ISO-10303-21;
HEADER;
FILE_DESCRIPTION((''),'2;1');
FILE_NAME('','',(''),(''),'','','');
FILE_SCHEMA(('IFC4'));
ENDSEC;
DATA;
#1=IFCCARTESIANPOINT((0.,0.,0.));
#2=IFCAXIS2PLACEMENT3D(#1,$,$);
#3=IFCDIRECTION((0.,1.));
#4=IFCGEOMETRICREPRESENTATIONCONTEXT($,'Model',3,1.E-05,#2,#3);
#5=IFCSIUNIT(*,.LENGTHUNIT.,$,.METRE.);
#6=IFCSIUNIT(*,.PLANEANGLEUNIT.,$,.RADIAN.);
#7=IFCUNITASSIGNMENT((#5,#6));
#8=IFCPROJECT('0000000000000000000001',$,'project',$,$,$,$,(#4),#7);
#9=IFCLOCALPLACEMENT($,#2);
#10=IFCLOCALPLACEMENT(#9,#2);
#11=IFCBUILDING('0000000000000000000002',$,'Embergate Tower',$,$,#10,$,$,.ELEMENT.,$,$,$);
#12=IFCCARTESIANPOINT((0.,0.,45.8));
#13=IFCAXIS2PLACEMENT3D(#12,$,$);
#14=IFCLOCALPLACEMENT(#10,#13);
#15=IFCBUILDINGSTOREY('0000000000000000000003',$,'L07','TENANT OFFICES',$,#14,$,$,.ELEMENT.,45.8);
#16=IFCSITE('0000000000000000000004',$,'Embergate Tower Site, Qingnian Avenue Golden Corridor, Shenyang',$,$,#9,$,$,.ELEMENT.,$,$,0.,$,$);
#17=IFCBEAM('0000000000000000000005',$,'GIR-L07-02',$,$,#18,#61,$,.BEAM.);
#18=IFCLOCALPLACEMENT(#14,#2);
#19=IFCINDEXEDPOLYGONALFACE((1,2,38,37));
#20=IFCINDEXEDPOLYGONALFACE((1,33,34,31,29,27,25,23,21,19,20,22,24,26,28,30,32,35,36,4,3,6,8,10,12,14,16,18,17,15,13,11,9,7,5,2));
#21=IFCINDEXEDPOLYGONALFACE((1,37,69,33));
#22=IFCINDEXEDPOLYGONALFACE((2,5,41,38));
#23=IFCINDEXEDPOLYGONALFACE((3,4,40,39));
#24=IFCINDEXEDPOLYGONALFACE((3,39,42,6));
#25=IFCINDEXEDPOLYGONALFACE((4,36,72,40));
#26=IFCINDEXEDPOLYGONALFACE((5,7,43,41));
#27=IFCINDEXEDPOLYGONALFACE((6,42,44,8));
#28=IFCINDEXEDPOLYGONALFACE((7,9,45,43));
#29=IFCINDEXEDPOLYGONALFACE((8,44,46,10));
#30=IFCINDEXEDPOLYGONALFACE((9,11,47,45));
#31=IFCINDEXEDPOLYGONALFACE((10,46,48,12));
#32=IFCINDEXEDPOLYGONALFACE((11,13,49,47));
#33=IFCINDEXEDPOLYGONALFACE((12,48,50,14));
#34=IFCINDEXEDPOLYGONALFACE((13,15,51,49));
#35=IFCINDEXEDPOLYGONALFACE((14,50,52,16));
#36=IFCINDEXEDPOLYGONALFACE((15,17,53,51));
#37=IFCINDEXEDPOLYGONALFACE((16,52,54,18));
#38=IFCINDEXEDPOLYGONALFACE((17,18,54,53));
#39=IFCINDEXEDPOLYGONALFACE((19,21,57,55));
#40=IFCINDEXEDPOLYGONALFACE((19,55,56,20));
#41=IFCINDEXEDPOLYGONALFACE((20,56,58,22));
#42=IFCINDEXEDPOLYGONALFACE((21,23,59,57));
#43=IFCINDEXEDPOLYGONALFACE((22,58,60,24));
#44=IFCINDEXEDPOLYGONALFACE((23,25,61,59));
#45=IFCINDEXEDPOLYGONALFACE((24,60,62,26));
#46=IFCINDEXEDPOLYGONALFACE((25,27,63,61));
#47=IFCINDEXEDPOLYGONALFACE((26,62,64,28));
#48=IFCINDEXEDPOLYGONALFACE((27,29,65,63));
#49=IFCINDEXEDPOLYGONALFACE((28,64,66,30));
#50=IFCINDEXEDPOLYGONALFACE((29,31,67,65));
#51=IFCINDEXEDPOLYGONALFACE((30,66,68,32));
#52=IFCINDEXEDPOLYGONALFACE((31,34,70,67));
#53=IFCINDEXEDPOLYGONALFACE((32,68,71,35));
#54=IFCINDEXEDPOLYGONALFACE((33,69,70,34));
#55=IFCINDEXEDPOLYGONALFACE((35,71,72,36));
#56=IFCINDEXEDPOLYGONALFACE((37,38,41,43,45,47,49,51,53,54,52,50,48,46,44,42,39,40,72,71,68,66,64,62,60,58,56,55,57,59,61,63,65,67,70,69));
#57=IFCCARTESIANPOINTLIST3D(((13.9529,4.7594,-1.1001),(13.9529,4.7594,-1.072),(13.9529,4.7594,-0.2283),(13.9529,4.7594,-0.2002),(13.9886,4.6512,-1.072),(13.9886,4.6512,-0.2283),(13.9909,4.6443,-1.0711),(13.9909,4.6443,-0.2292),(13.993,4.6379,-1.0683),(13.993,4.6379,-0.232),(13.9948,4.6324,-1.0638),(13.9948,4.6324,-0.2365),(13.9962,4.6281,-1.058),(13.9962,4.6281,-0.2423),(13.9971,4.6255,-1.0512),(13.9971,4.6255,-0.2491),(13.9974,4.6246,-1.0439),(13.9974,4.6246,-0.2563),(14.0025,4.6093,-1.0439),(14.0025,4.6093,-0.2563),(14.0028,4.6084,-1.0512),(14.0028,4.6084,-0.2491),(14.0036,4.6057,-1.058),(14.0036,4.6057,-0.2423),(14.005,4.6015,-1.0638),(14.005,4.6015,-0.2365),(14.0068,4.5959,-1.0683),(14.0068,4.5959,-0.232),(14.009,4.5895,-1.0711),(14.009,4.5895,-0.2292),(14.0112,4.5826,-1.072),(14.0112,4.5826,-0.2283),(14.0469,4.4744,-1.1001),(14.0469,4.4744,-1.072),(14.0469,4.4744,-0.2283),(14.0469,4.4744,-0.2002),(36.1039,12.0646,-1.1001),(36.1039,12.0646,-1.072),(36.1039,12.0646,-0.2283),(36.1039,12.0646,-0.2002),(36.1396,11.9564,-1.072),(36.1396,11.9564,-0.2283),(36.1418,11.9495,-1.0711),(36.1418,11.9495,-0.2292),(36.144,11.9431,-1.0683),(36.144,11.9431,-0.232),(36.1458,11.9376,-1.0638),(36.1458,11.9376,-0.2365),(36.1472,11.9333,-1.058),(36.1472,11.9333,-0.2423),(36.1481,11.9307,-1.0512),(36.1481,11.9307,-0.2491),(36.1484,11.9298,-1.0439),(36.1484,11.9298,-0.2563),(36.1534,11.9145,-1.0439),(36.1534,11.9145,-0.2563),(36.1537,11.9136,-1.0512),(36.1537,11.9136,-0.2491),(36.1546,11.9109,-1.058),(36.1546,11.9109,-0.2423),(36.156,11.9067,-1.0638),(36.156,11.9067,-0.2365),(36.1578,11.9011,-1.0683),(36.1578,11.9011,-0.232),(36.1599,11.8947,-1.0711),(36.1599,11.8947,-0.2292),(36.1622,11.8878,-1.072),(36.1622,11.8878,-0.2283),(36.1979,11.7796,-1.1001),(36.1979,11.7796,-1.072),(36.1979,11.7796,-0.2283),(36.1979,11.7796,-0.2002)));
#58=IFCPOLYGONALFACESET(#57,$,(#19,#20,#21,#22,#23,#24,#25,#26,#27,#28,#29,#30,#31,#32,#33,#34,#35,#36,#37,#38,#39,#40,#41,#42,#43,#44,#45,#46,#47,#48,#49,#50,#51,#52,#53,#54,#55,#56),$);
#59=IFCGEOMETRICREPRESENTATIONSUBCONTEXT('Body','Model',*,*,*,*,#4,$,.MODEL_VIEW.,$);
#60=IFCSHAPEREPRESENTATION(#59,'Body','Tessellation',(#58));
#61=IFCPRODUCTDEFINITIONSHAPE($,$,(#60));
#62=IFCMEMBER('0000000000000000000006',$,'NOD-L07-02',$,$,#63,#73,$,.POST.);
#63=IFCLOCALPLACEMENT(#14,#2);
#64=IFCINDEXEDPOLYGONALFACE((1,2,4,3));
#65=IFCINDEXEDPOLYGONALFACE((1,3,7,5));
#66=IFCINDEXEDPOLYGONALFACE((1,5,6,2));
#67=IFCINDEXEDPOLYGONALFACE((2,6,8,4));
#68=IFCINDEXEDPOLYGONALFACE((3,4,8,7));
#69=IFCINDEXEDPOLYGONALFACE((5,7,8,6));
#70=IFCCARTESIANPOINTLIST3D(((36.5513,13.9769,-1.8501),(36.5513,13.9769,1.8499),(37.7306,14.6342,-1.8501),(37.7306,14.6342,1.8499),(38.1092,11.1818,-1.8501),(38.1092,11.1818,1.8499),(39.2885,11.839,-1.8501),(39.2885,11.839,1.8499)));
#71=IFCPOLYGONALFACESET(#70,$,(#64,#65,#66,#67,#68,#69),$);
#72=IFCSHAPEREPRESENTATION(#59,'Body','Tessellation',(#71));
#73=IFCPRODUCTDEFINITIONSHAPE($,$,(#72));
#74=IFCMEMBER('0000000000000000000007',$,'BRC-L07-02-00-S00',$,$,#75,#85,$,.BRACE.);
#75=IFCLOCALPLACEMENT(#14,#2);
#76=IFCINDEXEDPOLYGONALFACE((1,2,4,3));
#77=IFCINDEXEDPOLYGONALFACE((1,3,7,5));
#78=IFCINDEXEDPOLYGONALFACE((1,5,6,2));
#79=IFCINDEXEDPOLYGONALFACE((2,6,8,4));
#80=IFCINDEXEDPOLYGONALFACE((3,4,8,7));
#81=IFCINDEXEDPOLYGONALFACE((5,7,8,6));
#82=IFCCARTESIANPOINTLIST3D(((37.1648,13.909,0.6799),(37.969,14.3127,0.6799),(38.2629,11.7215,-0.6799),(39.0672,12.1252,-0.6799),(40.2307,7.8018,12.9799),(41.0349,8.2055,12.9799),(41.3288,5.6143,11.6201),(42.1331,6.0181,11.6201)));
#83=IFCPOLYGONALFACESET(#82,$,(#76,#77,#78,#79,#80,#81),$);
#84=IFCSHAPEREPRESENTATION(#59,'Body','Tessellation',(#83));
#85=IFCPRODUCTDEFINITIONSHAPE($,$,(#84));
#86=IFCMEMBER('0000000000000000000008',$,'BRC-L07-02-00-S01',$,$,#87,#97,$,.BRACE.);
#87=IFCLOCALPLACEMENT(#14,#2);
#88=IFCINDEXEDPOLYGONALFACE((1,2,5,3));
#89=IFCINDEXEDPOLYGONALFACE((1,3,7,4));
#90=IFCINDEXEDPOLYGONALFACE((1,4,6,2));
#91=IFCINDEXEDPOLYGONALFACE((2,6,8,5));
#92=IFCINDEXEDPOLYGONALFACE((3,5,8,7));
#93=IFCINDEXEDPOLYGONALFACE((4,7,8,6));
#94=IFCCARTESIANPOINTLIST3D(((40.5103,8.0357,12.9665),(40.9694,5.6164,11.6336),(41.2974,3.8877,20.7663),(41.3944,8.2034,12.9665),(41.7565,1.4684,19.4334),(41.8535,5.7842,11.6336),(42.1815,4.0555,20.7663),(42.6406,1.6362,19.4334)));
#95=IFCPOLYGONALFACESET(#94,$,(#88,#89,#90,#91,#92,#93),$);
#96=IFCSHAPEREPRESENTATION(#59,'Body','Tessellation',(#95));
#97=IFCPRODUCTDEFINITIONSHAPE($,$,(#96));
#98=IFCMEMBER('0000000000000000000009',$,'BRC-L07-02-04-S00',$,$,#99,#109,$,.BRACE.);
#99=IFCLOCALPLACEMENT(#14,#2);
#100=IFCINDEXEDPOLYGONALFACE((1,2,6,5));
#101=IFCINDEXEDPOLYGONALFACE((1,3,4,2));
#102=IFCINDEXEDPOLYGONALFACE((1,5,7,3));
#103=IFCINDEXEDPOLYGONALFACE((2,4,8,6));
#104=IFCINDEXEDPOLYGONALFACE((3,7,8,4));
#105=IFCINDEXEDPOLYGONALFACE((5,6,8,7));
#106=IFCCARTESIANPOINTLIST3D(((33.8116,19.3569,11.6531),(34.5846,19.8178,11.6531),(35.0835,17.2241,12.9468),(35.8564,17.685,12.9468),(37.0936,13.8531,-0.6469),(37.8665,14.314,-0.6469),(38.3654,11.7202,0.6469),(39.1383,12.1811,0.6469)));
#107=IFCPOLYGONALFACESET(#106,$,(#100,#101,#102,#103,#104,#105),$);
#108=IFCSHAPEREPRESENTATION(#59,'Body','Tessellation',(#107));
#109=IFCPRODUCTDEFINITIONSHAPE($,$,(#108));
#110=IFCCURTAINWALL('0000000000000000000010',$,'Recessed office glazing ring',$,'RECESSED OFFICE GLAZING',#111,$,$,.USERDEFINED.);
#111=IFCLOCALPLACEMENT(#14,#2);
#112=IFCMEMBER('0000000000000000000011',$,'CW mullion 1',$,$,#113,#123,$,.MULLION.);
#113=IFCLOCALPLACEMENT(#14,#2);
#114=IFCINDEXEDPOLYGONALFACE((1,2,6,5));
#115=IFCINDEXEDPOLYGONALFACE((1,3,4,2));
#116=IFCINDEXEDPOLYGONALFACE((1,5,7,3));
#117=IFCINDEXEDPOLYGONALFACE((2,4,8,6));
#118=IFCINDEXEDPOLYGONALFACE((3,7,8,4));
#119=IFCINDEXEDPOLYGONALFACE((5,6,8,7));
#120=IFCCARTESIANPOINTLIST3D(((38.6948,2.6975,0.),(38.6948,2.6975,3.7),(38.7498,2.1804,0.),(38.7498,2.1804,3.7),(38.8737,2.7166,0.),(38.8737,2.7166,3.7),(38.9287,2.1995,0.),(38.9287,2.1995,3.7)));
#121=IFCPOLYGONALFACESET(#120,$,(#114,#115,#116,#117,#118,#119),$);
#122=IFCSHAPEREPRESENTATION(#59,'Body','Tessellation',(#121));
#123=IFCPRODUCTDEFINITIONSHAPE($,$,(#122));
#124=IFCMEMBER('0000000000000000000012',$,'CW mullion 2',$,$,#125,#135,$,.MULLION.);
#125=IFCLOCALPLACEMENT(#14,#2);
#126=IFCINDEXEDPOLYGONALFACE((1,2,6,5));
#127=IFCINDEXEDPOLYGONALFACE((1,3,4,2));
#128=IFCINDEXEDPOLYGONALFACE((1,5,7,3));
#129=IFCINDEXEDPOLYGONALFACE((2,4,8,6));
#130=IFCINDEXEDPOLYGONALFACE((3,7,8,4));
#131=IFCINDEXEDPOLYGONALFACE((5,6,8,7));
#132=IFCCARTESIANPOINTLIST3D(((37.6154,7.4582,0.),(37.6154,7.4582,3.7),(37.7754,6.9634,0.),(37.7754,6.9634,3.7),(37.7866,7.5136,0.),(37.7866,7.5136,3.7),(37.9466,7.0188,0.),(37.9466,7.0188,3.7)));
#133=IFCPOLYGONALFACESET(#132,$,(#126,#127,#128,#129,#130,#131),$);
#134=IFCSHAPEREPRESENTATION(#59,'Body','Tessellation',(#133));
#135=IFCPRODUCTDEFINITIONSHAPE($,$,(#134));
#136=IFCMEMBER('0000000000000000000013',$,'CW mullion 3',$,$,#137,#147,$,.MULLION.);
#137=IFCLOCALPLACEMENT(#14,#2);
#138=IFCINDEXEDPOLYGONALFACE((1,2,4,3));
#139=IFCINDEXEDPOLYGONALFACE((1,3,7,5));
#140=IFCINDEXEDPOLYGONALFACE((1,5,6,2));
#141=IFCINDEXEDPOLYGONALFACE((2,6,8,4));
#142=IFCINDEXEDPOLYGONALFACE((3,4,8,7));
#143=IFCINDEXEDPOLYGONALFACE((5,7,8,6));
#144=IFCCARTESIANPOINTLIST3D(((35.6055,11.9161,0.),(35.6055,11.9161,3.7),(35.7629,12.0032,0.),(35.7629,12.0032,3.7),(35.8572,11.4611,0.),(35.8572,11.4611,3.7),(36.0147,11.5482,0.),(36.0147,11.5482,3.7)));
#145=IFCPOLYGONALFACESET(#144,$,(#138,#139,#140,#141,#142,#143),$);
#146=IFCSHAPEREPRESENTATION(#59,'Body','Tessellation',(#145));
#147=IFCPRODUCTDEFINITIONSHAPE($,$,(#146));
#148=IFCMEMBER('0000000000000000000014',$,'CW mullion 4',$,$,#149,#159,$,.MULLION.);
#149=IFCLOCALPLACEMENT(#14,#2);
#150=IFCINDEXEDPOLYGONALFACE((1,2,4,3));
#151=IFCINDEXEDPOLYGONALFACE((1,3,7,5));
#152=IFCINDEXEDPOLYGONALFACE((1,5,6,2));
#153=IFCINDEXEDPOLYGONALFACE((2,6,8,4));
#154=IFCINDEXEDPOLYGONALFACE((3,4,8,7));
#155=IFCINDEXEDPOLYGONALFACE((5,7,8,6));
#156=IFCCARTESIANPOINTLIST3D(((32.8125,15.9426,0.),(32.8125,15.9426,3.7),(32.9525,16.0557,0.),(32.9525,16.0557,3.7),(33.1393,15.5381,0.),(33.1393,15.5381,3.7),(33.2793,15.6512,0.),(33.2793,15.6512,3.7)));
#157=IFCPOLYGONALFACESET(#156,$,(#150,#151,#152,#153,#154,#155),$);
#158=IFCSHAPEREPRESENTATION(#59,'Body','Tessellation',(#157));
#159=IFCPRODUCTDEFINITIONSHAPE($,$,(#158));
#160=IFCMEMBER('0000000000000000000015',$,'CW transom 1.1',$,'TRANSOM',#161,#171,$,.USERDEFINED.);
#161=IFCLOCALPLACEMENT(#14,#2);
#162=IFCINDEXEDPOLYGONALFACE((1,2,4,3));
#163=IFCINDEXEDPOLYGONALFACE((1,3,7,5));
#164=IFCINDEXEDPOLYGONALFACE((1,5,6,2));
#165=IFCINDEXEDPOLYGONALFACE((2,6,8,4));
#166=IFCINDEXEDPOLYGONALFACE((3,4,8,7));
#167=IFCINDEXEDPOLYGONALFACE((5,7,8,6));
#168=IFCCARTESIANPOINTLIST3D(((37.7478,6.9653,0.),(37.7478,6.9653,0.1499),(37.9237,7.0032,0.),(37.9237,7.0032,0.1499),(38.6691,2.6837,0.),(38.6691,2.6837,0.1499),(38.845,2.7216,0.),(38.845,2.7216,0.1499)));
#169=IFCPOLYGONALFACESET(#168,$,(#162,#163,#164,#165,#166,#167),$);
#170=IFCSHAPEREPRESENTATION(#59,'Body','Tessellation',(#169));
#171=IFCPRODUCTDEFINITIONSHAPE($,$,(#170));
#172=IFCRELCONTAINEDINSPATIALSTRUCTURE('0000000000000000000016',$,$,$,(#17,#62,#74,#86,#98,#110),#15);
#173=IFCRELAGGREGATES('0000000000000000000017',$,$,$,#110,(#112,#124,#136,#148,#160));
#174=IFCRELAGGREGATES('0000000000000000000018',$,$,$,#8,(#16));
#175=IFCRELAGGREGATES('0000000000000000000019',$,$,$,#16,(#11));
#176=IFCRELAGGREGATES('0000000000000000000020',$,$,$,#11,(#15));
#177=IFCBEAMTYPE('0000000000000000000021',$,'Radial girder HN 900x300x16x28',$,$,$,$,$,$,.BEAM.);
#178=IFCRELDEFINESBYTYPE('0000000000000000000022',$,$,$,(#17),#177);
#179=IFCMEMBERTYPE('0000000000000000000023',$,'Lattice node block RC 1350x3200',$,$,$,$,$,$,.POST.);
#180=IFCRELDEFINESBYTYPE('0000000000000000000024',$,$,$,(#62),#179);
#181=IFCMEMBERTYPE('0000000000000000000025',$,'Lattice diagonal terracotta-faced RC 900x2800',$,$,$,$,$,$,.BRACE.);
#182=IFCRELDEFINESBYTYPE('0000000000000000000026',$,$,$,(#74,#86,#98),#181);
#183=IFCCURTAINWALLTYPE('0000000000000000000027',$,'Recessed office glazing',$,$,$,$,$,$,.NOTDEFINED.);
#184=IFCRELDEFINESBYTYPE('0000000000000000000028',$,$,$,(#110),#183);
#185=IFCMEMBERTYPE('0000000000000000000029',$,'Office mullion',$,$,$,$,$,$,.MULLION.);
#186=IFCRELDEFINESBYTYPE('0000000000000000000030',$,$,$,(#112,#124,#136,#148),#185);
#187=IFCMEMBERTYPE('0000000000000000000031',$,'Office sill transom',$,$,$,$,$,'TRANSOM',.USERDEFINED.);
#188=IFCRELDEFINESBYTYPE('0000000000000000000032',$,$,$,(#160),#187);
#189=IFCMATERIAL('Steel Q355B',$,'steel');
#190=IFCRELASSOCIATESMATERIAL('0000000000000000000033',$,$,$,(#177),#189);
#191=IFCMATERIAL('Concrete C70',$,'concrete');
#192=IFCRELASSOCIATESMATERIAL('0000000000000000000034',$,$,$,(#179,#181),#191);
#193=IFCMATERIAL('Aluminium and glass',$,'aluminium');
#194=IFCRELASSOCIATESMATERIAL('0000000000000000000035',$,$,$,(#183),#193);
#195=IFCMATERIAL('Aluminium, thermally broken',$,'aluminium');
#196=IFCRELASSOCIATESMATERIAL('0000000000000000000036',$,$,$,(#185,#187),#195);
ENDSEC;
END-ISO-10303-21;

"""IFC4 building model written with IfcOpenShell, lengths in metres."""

from ifc_helpers import new_model, si_unit, direction, frame, origin, origin_2d, place, context, subcontext, project, spatial, rectangle, i_section, extrude, source, transform, mapped, material, material_profile, profile_set, type_object, element, aggregate, save


model = new_model("IFC4")

# Units and contexts
model_context = context("Model", 3, precision=1e-05, world=origin(), true_north=direction((0.0, 1.0)))
body_context = subcontext(model_context, "Body", "Model", "MODEL_VIEW")
ifc_project = project(units=[si_unit("LENGTHUNIT", "METRE"), si_unit("PLANEANGLEUNIT", "RADIAN")], contexts=[model_context])

# Site, building, storey
site_placement = place(None, origin())
site = spatial("IfcSite", under=ifc_project, at=site_placement, Name="Embergate Tower Site, Qingnian Avenue Golden Corridor, Shenyang", CompositionType="ELEMENT", RefElevation=0.0)
building_placement = place(site_placement, origin())
building = spatial("IfcBuilding", under=site, at=building_placement, Name="Embergate Tower", CompositionType="ELEMENT")
storey_placement = place(building_placement, frame((0.0, 0.0, 45.8)))
storey = spatial("IfcBuildingStorey", under=building, at=storey_placement, Name="L07", Description="TENANT OFFICES", CompositionType="ELEMENT", Elevation=45.8)

# Shared definitions
ifc_material_1 = material(Name="Concrete C70", Category="concrete")

# Beam
ifc_material_2 = material(Name="Steel Q355B", Category="steel")
ifc_material_profile_1 = material_profile(ifc_material_2, i_section(OverallWidth=0.3, OverallDepth=0.8999, WebThickness=0.0161, FlangeThickness=0.0281, FilletRadius=0.0281, at=origin_2d()), Name="HN 900x300x16x28")
ifc_profile_set_1 = profile_set([ifc_material_profile_1], Name="Steel Q355 grade B")
beam_type_1 = type_object("IfcBeamType", Name="Radial girder HN 900x300x16x28", PredefinedType="BEAM", material=ifc_profile_set_1)
shared_shape_1 = source(origin(), body_context, "Body", "SweptSolid", [
    extrude(i_section(OverallWidth=0.3, OverallDepth=0.8999, WebThickness=0.0161, FlangeThickness=0.0281, FilletRadius=0.0281, at=origin_2d()), origin(), (0.0, 0.0, 1.0), 23.3245),
])
beam_1_placement = place(storey_placement, frame((36.1509, 11.9221, -0.6501), z_axis=(-0.949688, -0.313199, 0.0), x_axis=(0.313199, -0.949688, 0.0)))
element("IfcBeam", 1, at=beam_1_placement, inside=storey, type_object=beam_type_1, Name="GIR-L07-02", PredefinedType="BEAM", context=body_context, shape_type="MappedRepresentation", body=[
    mapped(shared_shape_1, transform((0.0, 0.0, 0.0))),
])

# Members
ifc_material_profile_2 = material_profile(ifc_material_1, rectangle(XDim=1.3501, YDim=3.2, at=origin_2d()), Name="RC 1350x3200")
ifc_profile_set_2 = profile_set([ifc_material_profile_2], Name="Concrete C70")
member_type_1 = type_object("IfcMemberType", Name="Lattice node block RC 1350x3200", PredefinedType="POST", material=ifc_profile_set_2)
shared_shape_2 = source(origin(), body_context, "Body", "SweptSolid", [
    extrude(rectangle(XDim=1.3501, YDim=3.2, at=origin_2d()), origin(), (0.0, 0.0, 1.0), 3.7),
])
member_1_placement = place(storey_placement, frame((37.9199, 12.908, -1.8501), z_axis=(0.0, 0.0, 1.0), x_axis=(0.873492, 0.486839, 0.0)))
element("IfcMember", 2, at=member_1_placement, inside=storey, type_object=member_type_1, Name="NOD-L07-02", PredefinedType="POST", context=body_context, shape_type="MappedRepresentation", body=[
    mapped(shared_shape_2, transform((0.0, 0.0, 0.0))),
])
ifc_material_profile_3 = material_profile(ifc_material_1, rectangle(XDim=0.8999, YDim=2.8, at=origin_2d()), Name="RC 900x2800")
ifc_profile_set_3 = profile_set([ifc_material_profile_3], Name="Concrete C70")
member_type_2 = type_object("IfcMemberType", Name="Lattice diagonal terracotta-faced RC 900x2800", PredefinedType="BRACE", material=ifc_profile_set_3)
shared_shape_3 = source(origin(), body_context, "Body", "SweptSolid", [
    extrude(rectangle(XDim=0.8999, YDim=2.8, at=origin_2d()), origin(), (0.0, 0.0, 1.0), 14.0708),
])
member_2_placement = place(storey_placement, frame((38.116, 13.0171, 0.0), z_axis=(0.217892, -0.434031, 0.874151), x_axis=(0.893704, 0.448656, 0.0)))
element("IfcMember", 3, at=member_2_placement, inside=storey, type_object=member_type_2, Name="BRC-L07-02-00-S00", PredefinedType="BRACE", context=body_context, shape_type="MappedRepresentation", body=[
    mapped(shared_shape_3, transform((0.0, 0.0, 0.0))),
])
shared_shape_4 = source(origin(), body_context, "Body", "SweptSolid", [
    extrude(rectangle(XDim=0.8999, YDim=2.8, at=origin_2d()), origin(), (0.0, 0.0, 1.0), 8.8691),
])
member_3_placement = place(storey_placement, frame((41.1819, 6.9099, 12.3), z_axis=(0.088747, -0.467682, 0.87943), x_axis=(0.982468, 0.186432, 0.0)))
element("IfcMember", 4, at=member_3_placement, inside=storey, type_object=member_type_2, Name="BRC-L07-02-00-S01", PredefinedType="BRACE", context=body_context, shape_type="MappedRepresentation", body=[
    mapped(shared_shape_4, transform((0.0, 0.0, 0.0))),
])
shared_shape_5 = source(origin(), body_context, "Body", "SweptSolid", [
    extrude(rectangle(XDim=0.8999, YDim=2.8, at=origin_2d()), origin(), (0.0, 0.0, 1.0), 13.8691),
])
member_4_placement = place(storey_placement, frame((38.116, 13.0171, 0.0), z_axis=(-0.236638, 0.396843, 0.886859), x_axis=(-0.858892, -0.512158, 0.0)))
element("IfcMember", 5, at=member_4_placement, inside=storey, type_object=member_type_2, Name="BRC-L07-02-04-S00", PredefinedType="BRACE", context=body_context, shape_type="MappedRepresentation", body=[
    mapped(shared_shape_5, transform((0.0, 0.0, 0.0))),
])

# Curtain wall, members
ifc_material_3 = material(Name="Aluminium and glass", Category="aluminium")
curtain_wall_type = type_object("IfcCurtainWallType", Name="Recessed office glazing", PredefinedType="NOTDEFINED", material=ifc_material_3)
curtain_wall_placement = place(storey_placement, origin())
curtain_wall = element("IfcCurtainWall", 6, at=curtain_wall_placement, inside=storey, type_object=curtain_wall_type, Name="Recessed office glazing ring", ObjectType="RECESSED OFFICE GLAZING", PredefinedType="USERDEFINED")
ifc_material_4 = material(Name="Aluminium, thermally broken", Category="aluminium")
ifc_material_profile_4 = material_profile(ifc_material_4, rectangle(XDim=0.1799, YDim=0.52, at=origin_2d()), Name="AL 520x180")
ifc_profile_set_4 = profile_set([ifc_material_profile_4], Name="Aluminium, thermally broken")
member_type_3 = type_object("IfcMemberType", Name="Office mullion", PredefinedType="MULLION", material=ifc_profile_set_4)
shared_shape_6 = source(origin(), body_context, "Body", "SweptSolid", [
    extrude(rectangle(XDim=0.1799, YDim=0.52, at=origin_2d()), origin(), (0.0, 0.0, 1.0), 3.7),
])
member_5_placement = place(storey_placement, frame((38.8118, 2.4485, 0.0), z_axis=(0.0, 0.0, 1.0), x_axis=(-0.994385, -0.105822, 0.0)))
member_5 = element("IfcMember", 7, at=member_5_placement, type_object=member_type_3, Name="CW mullion 1", PredefinedType="MULLION", context=body_context, shape_type="MappedRepresentation", body=[
    mapped(shared_shape_6, transform((0.0, 0.0, 0.0))),
])
member_6_placement = place(storey_placement, frame((37.781, 7.2385, 0.0), z_axis=(0.0, 0.0, 1.0), x_axis=(-0.951499, -0.307651, 0.0)))
member_6 = element("IfcMember", 8, at=member_6_placement, type_object=member_type_3, Name="CW mullion 2", PredefinedType="MULLION", context=body_context, shape_type="MappedRepresentation", body=[
    mapped(shared_shape_6, transform((0.0, 0.0, 0.0))),
])
member_7_placement = place(storey_placement, frame((35.8101, 11.7322, 0.0), z_axis=(0.0, 0.0, 1.0), x_axis=(-0.875004, -0.484115, 0.0)))
member_7 = element("IfcMember", 9, at=member_7_placement, type_object=member_type_3, Name="CW mullion 3", PredefinedType="MULLION", context=body_context, shape_type="MappedRepresentation", body=[
    mapped(shared_shape_6, transform((0.0, 0.0, 0.0))),
])
member_8_placement = place(storey_placement, frame((33.0459, 15.7969, 0.0), z_axis=(0.0, 0.0, 1.0), x_axis=(-0.777876, -0.628418, 0.0)))
member_8 = element("IfcMember", 10, at=member_8_placement, type_object=member_type_3, Name="CW mullion 4", PredefinedType="MULLION", context=body_context, shape_type="MappedRepresentation", body=[
    mapped(shared_shape_6, transform((0.0, 0.0, 0.0))),
])
ifc_material_profile_5 = material_profile(ifc_material_4, rectangle(XDim=0.1799, YDim=0.1499, at=origin_2d()), Name="AL 150x180")
ifc_profile_set_5 = profile_set([ifc_material_profile_5], Name="Aluminium, thermally broken")
member_type_4 = type_object("IfcMemberType", Name="Office sill transom", ElementType="TRANSOM", PredefinedType="USERDEFINED", material=ifc_profile_set_5)
shared_shape_7 = source(origin(), body_context, "Body", "SweptSolid", [
    extrude(rectangle(XDim=0.1799, YDim=0.1499, at=origin_2d()), origin(), (0.0, 0.0, 1.0), 4.3796),
])
member_9_placement = place(storey_placement, frame((38.7571, 2.7026, 0.075), z_axis=(-0.210374, 0.977621, 0.0), x_axis=(-0.977621, -0.210374, 0.0)))
member_9 = element("IfcMember", 11, at=member_9_placement, type_object=member_type_4, Name="CW transom 1.1", ObjectType="TRANSOM", PredefinedType="USERDEFINED", context=body_context, shape_type="MappedRepresentation", body=[
    mapped(shared_shape_7, transform((0.0, 0.0, 0.0))),
])
aggregate(curtain_wall, [member_5, member_6, member_7, member_8, member_9])

save(model, "model.ifc")
